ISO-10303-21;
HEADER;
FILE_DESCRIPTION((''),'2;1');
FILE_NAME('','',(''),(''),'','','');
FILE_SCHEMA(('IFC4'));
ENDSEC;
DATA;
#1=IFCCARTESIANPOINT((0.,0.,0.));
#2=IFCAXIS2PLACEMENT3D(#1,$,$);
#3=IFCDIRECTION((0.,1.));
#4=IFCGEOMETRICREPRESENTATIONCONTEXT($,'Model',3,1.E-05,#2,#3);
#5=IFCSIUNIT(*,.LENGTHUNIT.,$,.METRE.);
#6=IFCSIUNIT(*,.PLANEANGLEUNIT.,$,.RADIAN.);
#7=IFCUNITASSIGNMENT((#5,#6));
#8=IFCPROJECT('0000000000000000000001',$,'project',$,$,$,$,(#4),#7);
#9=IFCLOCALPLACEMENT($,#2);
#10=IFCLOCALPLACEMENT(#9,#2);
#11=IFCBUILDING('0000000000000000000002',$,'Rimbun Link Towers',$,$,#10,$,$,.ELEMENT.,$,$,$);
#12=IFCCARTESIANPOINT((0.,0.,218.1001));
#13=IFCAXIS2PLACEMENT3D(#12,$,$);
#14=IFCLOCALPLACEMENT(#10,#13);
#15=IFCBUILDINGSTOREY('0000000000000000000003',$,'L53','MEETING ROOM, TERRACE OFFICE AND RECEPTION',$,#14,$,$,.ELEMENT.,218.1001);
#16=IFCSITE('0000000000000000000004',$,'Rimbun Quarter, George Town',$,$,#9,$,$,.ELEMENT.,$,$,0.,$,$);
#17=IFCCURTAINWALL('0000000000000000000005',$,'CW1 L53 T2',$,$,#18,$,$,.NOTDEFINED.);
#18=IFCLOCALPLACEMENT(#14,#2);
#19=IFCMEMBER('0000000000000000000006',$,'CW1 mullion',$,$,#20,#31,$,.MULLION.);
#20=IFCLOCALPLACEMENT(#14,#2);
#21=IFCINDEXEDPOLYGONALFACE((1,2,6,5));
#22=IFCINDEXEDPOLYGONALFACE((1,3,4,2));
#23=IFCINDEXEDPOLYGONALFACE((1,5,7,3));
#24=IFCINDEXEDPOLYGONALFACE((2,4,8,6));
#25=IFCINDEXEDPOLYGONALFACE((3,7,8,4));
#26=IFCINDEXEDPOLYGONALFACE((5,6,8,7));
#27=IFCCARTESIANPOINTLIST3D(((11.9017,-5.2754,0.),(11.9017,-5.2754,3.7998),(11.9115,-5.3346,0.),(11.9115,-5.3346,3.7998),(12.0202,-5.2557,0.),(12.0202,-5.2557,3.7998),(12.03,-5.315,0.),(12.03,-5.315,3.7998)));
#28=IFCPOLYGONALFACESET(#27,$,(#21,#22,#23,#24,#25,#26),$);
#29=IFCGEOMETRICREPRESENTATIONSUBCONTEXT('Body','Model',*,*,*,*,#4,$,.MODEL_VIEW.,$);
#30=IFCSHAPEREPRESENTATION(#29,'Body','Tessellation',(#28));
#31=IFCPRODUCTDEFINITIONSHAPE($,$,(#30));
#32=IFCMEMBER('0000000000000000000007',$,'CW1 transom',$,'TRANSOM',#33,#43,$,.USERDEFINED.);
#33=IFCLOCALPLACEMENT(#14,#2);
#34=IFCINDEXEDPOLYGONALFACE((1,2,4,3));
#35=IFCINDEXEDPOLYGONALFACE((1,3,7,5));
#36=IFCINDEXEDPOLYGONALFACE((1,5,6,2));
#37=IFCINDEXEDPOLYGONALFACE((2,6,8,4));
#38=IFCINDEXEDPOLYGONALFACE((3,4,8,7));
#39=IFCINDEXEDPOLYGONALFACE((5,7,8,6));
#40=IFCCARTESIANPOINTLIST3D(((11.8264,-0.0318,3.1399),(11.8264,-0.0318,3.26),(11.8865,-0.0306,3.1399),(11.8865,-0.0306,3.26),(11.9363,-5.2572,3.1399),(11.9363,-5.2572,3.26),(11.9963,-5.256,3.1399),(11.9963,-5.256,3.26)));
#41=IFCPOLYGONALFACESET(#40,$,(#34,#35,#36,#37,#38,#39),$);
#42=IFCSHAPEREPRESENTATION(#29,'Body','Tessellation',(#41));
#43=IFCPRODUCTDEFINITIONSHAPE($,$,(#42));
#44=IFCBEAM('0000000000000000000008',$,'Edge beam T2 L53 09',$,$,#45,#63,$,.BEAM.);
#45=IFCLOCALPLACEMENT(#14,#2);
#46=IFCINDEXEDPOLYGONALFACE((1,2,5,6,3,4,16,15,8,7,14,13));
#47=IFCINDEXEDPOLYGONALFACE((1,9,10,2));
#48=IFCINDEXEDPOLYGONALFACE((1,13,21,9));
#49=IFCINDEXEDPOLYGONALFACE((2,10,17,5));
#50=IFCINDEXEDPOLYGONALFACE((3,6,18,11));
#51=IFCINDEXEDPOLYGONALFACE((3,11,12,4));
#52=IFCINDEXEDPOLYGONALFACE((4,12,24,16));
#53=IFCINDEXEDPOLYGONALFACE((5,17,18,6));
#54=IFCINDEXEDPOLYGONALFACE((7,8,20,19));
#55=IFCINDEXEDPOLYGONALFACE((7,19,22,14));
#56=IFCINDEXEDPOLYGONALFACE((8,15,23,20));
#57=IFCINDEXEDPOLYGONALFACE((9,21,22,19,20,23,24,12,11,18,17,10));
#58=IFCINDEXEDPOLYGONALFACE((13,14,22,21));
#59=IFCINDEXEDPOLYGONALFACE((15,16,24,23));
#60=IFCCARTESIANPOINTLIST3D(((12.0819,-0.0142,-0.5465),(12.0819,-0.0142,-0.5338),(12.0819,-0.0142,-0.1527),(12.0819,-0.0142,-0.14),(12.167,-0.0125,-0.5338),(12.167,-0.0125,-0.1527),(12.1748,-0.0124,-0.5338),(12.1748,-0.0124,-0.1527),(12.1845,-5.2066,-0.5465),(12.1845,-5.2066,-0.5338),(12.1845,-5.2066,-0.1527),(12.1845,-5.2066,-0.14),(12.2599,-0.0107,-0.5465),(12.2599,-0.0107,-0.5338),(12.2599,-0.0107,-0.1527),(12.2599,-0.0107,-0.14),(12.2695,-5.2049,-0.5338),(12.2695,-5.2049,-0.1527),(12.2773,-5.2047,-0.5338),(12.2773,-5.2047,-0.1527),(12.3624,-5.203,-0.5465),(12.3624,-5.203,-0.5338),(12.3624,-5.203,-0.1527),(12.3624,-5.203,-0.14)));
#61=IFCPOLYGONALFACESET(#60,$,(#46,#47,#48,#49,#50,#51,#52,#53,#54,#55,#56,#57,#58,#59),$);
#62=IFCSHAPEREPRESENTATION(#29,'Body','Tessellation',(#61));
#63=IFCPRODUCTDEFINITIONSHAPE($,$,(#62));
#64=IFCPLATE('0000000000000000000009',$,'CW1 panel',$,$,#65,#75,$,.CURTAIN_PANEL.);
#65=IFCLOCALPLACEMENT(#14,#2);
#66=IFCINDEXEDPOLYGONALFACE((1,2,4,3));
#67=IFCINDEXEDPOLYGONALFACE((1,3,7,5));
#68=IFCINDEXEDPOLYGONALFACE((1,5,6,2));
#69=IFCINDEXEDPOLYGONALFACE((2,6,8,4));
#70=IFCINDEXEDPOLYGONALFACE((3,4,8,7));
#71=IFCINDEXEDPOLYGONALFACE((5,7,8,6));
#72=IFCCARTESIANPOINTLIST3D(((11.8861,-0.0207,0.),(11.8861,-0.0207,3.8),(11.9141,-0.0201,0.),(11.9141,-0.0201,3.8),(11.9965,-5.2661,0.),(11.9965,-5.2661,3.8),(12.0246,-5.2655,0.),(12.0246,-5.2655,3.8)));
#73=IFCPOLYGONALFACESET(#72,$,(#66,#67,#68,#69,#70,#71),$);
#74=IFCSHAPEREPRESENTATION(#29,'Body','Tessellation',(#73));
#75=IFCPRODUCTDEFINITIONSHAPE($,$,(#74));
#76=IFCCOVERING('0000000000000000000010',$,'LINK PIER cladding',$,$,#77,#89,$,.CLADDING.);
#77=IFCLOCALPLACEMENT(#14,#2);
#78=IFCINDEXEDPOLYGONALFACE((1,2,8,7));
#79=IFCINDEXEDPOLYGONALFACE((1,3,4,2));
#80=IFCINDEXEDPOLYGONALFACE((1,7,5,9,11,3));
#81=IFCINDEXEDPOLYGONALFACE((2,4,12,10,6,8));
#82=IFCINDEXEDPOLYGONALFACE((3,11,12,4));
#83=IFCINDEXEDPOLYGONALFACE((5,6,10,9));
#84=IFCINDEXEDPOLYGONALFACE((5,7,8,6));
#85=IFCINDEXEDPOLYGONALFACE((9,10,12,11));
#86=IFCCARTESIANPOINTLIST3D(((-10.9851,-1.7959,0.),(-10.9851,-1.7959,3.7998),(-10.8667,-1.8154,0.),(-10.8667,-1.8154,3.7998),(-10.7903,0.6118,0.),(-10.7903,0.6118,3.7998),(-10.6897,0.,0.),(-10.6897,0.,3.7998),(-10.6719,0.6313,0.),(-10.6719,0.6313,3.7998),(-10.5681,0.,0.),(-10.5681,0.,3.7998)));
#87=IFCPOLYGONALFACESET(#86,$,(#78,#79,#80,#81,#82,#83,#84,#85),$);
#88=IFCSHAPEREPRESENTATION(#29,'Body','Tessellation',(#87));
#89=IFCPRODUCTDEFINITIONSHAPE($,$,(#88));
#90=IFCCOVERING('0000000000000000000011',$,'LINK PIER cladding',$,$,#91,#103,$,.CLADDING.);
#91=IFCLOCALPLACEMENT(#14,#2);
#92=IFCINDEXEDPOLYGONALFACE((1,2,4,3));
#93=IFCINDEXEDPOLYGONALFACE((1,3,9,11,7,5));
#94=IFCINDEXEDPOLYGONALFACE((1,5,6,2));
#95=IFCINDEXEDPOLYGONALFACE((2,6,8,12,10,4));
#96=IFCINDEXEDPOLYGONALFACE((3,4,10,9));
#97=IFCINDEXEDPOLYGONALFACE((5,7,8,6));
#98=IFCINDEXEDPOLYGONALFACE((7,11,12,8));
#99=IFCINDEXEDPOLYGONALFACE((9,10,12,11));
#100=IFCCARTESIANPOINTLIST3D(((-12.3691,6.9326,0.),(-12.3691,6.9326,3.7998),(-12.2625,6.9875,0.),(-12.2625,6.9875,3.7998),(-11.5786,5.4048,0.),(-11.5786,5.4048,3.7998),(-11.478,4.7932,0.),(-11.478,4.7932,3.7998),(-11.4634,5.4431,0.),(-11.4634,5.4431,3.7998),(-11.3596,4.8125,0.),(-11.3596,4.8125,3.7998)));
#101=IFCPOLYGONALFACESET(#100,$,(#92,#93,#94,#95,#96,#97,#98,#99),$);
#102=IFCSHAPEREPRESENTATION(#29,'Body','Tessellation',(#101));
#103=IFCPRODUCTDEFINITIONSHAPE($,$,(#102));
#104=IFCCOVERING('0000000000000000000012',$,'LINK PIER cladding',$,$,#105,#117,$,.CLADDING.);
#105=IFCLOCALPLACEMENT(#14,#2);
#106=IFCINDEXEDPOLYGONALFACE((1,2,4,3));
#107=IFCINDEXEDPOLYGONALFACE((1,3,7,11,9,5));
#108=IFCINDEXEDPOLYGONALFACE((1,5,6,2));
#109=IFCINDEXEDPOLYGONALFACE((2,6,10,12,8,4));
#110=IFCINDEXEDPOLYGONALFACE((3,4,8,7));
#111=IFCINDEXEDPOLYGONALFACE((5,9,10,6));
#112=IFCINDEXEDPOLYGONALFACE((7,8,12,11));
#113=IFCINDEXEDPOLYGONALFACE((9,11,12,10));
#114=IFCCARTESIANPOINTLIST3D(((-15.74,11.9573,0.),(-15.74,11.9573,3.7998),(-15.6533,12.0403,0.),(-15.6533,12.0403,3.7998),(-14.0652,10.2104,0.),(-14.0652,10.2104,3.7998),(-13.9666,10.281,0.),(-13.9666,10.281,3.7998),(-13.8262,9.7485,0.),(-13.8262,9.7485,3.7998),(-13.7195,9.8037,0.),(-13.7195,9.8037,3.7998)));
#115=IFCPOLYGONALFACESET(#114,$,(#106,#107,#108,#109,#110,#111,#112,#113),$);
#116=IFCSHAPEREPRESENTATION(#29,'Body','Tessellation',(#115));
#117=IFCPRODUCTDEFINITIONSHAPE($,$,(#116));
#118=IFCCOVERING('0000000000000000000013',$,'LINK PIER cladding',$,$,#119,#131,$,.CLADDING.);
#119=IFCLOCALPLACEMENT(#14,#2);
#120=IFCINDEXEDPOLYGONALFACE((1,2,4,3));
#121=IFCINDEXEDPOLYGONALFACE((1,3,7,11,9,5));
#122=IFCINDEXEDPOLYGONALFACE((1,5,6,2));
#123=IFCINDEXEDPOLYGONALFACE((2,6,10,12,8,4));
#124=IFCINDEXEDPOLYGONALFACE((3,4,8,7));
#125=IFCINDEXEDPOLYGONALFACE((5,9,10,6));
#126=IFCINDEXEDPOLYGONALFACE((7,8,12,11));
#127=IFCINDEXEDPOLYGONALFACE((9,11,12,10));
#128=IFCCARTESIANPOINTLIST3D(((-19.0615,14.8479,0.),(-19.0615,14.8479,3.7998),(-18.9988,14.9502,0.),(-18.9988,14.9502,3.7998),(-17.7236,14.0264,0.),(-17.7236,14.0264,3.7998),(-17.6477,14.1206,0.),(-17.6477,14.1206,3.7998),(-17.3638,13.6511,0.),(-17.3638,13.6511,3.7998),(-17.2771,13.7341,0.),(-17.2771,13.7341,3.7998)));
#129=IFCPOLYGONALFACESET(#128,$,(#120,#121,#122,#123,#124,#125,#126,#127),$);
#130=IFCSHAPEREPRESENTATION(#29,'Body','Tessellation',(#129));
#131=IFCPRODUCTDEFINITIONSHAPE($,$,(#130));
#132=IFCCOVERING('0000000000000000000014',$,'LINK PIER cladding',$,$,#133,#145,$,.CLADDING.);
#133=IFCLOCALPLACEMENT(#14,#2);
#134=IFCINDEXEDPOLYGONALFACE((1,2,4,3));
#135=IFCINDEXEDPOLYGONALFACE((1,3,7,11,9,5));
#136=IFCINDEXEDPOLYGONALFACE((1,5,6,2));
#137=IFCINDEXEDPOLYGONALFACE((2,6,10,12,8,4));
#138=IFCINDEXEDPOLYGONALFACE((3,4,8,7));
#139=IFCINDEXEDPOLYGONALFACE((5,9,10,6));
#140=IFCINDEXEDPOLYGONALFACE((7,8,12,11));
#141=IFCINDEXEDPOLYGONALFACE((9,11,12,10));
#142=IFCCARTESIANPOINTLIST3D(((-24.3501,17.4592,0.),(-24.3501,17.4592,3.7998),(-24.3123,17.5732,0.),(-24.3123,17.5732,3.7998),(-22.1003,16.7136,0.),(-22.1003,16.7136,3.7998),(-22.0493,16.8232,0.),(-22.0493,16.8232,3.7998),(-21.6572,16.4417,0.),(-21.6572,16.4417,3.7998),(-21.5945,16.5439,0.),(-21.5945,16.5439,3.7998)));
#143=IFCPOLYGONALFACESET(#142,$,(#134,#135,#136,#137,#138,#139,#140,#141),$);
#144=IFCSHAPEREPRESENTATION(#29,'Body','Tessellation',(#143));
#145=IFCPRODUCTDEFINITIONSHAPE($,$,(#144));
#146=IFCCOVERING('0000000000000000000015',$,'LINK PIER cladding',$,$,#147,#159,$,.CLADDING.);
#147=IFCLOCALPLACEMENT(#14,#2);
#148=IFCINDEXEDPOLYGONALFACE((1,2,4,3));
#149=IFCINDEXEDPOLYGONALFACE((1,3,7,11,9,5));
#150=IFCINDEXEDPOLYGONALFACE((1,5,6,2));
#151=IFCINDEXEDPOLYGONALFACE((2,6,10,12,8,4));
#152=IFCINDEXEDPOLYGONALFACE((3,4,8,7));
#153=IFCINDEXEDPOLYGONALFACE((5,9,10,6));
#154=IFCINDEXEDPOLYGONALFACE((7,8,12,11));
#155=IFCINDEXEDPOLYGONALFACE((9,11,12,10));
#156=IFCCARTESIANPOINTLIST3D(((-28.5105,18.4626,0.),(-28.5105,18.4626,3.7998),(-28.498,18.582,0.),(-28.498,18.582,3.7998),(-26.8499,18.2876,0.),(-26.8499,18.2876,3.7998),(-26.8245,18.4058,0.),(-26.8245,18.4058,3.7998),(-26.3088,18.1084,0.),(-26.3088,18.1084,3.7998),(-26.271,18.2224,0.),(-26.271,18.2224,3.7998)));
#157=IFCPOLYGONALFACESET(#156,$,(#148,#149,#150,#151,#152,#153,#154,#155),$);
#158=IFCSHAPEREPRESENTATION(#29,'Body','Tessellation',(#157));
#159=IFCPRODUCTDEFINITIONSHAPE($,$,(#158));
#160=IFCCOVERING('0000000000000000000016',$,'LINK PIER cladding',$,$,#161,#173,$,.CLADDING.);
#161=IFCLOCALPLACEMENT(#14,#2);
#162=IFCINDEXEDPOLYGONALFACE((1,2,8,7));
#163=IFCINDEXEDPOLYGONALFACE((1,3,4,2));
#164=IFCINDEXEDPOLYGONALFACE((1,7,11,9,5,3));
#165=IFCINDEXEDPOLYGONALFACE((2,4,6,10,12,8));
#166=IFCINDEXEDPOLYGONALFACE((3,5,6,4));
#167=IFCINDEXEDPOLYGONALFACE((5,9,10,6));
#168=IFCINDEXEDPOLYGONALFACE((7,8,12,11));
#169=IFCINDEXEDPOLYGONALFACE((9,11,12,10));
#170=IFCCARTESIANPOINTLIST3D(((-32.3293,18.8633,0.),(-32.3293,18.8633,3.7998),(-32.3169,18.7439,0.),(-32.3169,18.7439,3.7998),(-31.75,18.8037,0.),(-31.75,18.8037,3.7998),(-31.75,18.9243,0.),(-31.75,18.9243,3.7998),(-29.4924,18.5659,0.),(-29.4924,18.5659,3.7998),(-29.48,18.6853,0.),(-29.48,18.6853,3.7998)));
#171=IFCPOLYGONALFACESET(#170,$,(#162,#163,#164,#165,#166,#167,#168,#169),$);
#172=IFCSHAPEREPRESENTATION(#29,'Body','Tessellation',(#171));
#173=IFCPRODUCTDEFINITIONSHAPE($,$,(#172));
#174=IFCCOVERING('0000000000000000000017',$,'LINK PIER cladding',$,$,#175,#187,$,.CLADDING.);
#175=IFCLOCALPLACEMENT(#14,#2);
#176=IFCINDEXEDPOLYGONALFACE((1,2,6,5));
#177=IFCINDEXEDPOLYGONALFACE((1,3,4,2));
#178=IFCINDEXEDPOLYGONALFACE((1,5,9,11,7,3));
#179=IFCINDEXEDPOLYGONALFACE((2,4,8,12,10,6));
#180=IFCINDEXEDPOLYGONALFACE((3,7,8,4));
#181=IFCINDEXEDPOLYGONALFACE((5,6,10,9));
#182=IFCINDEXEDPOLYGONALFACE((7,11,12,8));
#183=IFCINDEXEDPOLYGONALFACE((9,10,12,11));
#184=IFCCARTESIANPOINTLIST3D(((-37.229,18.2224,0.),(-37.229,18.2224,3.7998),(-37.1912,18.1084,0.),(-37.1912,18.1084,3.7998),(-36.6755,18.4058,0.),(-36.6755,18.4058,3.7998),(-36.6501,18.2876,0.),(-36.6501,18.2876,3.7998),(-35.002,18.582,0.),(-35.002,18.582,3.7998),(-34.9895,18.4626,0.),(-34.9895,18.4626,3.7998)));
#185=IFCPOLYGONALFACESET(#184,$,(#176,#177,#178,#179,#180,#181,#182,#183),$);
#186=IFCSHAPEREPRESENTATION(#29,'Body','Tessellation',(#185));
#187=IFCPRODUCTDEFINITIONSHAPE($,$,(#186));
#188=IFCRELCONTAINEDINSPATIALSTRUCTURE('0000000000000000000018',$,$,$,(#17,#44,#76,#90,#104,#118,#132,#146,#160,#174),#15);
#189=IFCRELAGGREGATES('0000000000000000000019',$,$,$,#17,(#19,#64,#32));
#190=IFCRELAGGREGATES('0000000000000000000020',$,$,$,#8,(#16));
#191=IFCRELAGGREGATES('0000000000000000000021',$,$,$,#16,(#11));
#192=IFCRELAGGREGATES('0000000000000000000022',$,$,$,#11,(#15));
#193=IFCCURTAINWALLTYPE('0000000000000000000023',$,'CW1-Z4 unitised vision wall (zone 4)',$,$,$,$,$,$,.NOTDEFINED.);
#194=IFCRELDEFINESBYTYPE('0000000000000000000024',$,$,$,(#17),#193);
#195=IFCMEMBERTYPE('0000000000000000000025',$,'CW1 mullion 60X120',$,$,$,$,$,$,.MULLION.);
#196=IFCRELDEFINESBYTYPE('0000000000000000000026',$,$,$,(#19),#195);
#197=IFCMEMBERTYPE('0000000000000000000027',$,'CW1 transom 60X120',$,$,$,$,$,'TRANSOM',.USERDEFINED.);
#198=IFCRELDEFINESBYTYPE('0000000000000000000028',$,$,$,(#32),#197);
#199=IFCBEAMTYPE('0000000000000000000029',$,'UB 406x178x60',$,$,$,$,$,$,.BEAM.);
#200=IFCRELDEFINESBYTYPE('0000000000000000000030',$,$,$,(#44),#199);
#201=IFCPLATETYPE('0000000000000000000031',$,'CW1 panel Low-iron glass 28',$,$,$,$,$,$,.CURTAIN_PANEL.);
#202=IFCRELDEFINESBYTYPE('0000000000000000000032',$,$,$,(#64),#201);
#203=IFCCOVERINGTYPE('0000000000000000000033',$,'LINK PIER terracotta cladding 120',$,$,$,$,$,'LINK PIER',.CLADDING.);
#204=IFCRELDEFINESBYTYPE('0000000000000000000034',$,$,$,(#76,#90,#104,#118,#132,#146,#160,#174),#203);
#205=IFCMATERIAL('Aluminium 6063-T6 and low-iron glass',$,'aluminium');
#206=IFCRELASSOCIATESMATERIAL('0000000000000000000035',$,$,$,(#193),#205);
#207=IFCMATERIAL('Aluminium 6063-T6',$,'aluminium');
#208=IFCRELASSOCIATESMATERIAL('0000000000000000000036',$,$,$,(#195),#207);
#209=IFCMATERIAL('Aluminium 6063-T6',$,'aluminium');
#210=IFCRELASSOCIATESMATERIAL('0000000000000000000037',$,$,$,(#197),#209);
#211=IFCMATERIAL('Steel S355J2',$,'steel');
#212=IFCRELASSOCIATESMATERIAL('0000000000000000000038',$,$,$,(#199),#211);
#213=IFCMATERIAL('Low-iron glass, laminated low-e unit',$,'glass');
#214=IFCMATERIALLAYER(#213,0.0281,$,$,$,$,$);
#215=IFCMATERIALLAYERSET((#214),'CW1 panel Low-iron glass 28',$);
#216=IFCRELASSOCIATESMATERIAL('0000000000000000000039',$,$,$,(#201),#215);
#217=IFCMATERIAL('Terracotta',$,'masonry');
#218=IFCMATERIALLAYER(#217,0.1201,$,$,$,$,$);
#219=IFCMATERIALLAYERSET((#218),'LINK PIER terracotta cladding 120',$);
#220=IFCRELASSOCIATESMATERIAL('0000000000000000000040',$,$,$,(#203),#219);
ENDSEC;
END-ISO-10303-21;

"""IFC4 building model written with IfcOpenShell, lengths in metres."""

from ifc_helpers import new_model, si_unit, direction, frame, origin, origin_2d, place, context, subcontext, project, spatial, polyline, rectangle, i_section, outline, extrude, material, layer, layer_set, material_profile, profile_set, type_object, element, aggregate, save


model = new_model("IFC4")

# Units and contexts
model_context = context("Model", 3, precision=1e-05, world=origin(), true_north=direction((0.0, 1.0)))
body_context = subcontext(model_context, "Body", "Model", "MODEL_VIEW")
ifc_project = project(units=[si_unit("LENGTHUNIT", "METRE"), si_unit("PLANEANGLEUNIT", "RADIAN")], contexts=[model_context])

# Site, building, storey
site_placement = place(None, origin())
site = spatial("IfcSite", under=ifc_project, at=site_placement, Name="Rimbun Quarter, George Town", CompositionType="ELEMENT", RefElevation=0.0)
building_placement = place(site_placement, origin())
building = spatial("IfcBuilding", under=site, at=building_placement, Name="Rimbun Link Towers", CompositionType="ELEMENT")
storey_placement = place(building_placement, frame((0.0, 0.0, 218.1001)))
storey = spatial("IfcBuildingStorey", under=building, at=storey_placement, Name="L53", Description="MEETING ROOM, TERRACE OFFICE AND RECEPTION", CompositionType="ELEMENT", Elevation=218.1001)

# Curtain wall, members
ifc_material_1 = material(Name="Aluminium 6063-T6 and low-iron glass", Category="aluminium")
curtain_wall_type = type_object("IfcCurtainWallType", Name="CW1-Z4 unitised vision wall (zone 4)", PredefinedType="NOTDEFINED", material=ifc_material_1)
curtain_wall_placement = place(storey_placement, origin())
curtain_wall = element("IfcCurtainWall", 1, at=curtain_wall_placement, inside=storey, type_object=curtain_wall_type, Name="CW1 L53 T2", PredefinedType="NOTDEFINED")
ifc_material_2 = material(Name="Aluminium 6063-T6", Category="aluminium")
ifc_material_profile_1 = material_profile(ifc_material_2, rectangle(XDim=0.1201, YDim=0.0601, at=origin_2d()), Name="MULLION 60X120")
ifc_profile_set_1 = profile_set([ifc_material_profile_1], Name="Aluminium 6063-T6")
member_type_1 = type_object("IfcMemberType", Name="CW1 mullion 60X120", PredefinedType="MULLION", material=ifc_profile_set_1)
member_1_placement = place(storey_placement, frame((11.9658, -5.2952, 0.0), z_axis=(0.0, 0.0, 1.0), x_axis=(-0.986503, -0.163742, 0.0)))
member_1 = element("IfcMember", 2, at=member_1_placement, type_object=member_type_1, Name="CW1 mullion", PredefinedType="MULLION", context=body_context, shape_type="SweptSolid", body=[
    extrude(rectangle(XDim=0.1201, YDim=0.0601, at=origin_2d()), origin(), (0.0, 0.0, 1.0), 3.7998),
])
ifc_material_3 = material(Name="Aluminium 6063-T6", Category="aluminium")
ifc_material_profile_2 = material_profile(ifc_material_3, rectangle(XDim=0.0601, YDim=0.1201, at=origin_2d()), Name="TRANSOM 60X120")
ifc_profile_set_2 = profile_set([ifc_material_profile_2], Name="Aluminium 6063-T6")
member_type_2 = type_object("IfcMemberType", Name="CW1 transom 60X120", ElementType="TRANSOM", PredefinedType="USERDEFINED", material=ifc_profile_set_2)
member_2_placement = place(storey_placement, frame((11.9663, -5.2566, 3.2), z_axis=(-0.02102, 0.999779, 0.0), x_axis=(-0.999779, -0.02102, 0.0)))
member_2 = element("IfcMember", 3, at=member_2_placement, type_object=member_type_2, Name="CW1 transom", ObjectType="TRANSOM", PredefinedType="USERDEFINED", context=body_context, shape_type="SweptSolid", body=[
    extrude(rectangle(XDim=0.0601, YDim=0.1201, at=origin_2d()), origin(), (0.0, 0.0, 1.0), 5.2266),
])

# Beam
ifc_material_4 = material(Name="Steel S355J2", Category="steel")
ifc_material_profile_3 = material_profile(ifc_material_4, i_section(OverallWidth=0.178, OverallDepth=0.4065, WebThickness=0.0078, FlangeThickness=0.0127, at=origin_2d()), Name="UB 406x178x60")
ifc_profile_set_3 = profile_set([ifc_material_profile_3], Name="Steel S355J2")
beam_type = type_object("IfcBeamType", Name="UB 406x178x60", PredefinedType="BEAM", material=ifc_profile_set_3)
beam_placement = place(storey_placement, frame((12.1709, -0.0125, -0.3433), z_axis=(0.019744, -0.999805, 0.0), x_axis=(0.999805, 0.019744, 0.0)))
element("IfcBeam", 4, at=beam_placement, inside=storey, type_object=beam_type, Name="Edge beam T2 L53 09", PredefinedType="BEAM", context=body_context, shape_type="SweptSolid", body=[
    extrude(i_section(OverallWidth=0.178, OverallDepth=0.4065, WebThickness=0.0078, FlangeThickness=0.0127, at=origin_2d()), origin(), (0.0, 0.0, 1.0), 5.1934),
])

# Plate
ifc_material_5 = material(Name="Low-iron glass, laminated low-e unit", Category="glass")
ifc_layer_1 = layer(ifc_material_5, 0.0281)
ifc_layer_set_1 = layer_set([ifc_layer_1], Name="CW1 panel Low-iron glass 28")
plate_type = type_object("IfcPlateType", Name="CW1 panel Low-iron glass 28", PredefinedType="CURTAIN_PANEL", material=ifc_layer_set_1)
plate_placement = place(storey_placement, frame((11.9553, -2.6431, 0.0), z_axis=(0.0, 0.0, 1.0), x_axis=(-0.021054, 0.999778, 0.0)))
plate = element("IfcPlate", 5, at=plate_placement, type_object=plate_type, Name="CW1 panel", PredefinedType="CURTAIN_PANEL", context=body_context, shape_type="SweptSolid", body=[
    extrude(rectangle(XDim=5.2466, YDim=0.0281, at=origin_2d()), origin(), (0.0, 0.0, 1.0), 3.8),
])
aggregate(curtain_wall, [member_1, plate, member_2])

# Coverings
ifc_material_6 = material(Name="Terracotta", Category="masonry")
ifc_layer_2 = layer(ifc_material_6, 0.1201)
ifc_layer_set_2 = layer_set([ifc_layer_2], Name="LINK PIER terracotta cladding 120")
covering_type_1 = type_object("IfcCoveringType", Name="LINK PIER terracotta cladding 120", ElementType="LINK PIER", PredefinedType="CLADDING", material=ifc_layer_set_2)
covering_1_placement = place(storey_placement, origin())
element("IfcCovering", 6, at=covering_1_placement, inside=storey, type_object=covering_type_1, Name="LINK PIER cladding", PredefinedType="CLADDING", context=body_context, shape_type="SweptSolid", body=[
    extrude(outline(polyline([(-10.7903, 0.6118), (-10.6897, 0.0), (-10.9851, -1.7959), (-10.8667, -1.8154), (-10.5681, 0.0), (-10.6719, 0.6313), (-10.7903, 0.6118)])), origin(), (0.0, 0.0, 1.0), 3.7998),
])
covering_2_placement = place(storey_placement, origin())
element("IfcCovering", 7, at=covering_2_placement, inside=storey, type_object=covering_type_1, Name="LINK PIER cladding", PredefinedType="CLADDING", context=body_context, shape_type="SweptSolid", body=[
    extrude(outline(polyline([(-12.3691, 6.9326), (-11.5786, 5.4048), (-11.478, 4.7932), (-11.3596, 4.8125), (-11.4634, 5.4431), (-12.2625, 6.9875), (-12.3691, 6.9326)])), origin(), (0.0, 0.0, 1.0), 3.7998),
])
covering_3_placement = place(storey_placement, origin())
element("IfcCovering", 8, at=covering_3_placement, inside=storey, type_object=covering_type_1, Name="LINK PIER cladding", PredefinedType="CLADDING", context=body_context, shape_type="SweptSolid", body=[
    extrude(outline(polyline([(-15.74, 11.9573), (-14.0652, 10.2104), (-13.8262, 9.7485), (-13.7195, 9.8037), (-13.9666, 10.281), (-15.6533, 12.0403), (-15.74, 11.9573)])), origin(), (0.0, 0.0, 1.0), 3.7998),
])
covering_4_placement = place(storey_placement, origin())
element("IfcCovering", 9, at=covering_4_placement, inside=storey, type_object=covering_type_1, Name="LINK PIER cladding", PredefinedType="CLADDING", context=body_context, shape_type="SweptSolid", body=[
    extrude(outline(polyline([(-19.0615, 14.8479), (-17.7236, 14.0264), (-17.3638, 13.6511), (-17.2771, 13.7341), (-17.6477, 14.1206), (-18.9988, 14.9502), (-19.0615, 14.8479)])), origin(), (0.0, 0.0, 1.0), 3.7998),
])
covering_5_placement = place(storey_placement, origin())
element("IfcCovering", 10, at=covering_5_placement, inside=storey, type_object=covering_type_1, Name="LINK PIER cladding", PredefinedType="CLADDING", context=body_context, shape_type="SweptSolid", body=[
    extrude(outline(polyline([(-24.3501, 17.4592), (-22.1003, 16.7136), (-21.6572, 16.4417), (-21.5945, 16.5439), (-22.0493, 16.8232), (-24.3123, 17.5732), (-24.3501, 17.4592)])), origin(), (0.0, 0.0, 1.0), 3.7998),
])
covering_6_placement = place(storey_placement, origin())
element("IfcCovering", 11, at=covering_6_placement, inside=storey, type_object=covering_type_1, Name="LINK PIER cladding", PredefinedType="CLADDING", context=body_context, shape_type="SweptSolid", body=[
    extrude(outline(polyline([(-28.5105, 18.4626), (-26.8499, 18.2876), (-26.3088, 18.1084), (-26.271, 18.2224), (-26.8245, 18.4058), (-28.498, 18.582), (-28.5105, 18.4626)])), origin(), (0.0, 0.0, 1.0), 3.7998),
])
covering_7_placement = place(storey_placement, origin())
element("IfcCovering", 12, at=covering_7_placement, inside=storey, type_object=covering_type_1, Name="LINK PIER cladding", PredefinedType="CLADDING", context=body_context, shape_type="SweptSolid", body=[
    extrude(outline(polyline([(-32.3169, 18.7439), (-31.75, 18.8037), (-29.4924, 18.5659), (-29.48, 18.6853), (-31.75, 18.9243), (-32.3293, 18.8633), (-32.3169, 18.7439)])), origin(), (0.0, 0.0, 1.0), 3.7998),
])
covering_8_placement = place(storey_placement, origin())
element("IfcCovering", 13, at=covering_8_placement, inside=storey, type_object=covering_type_1, Name="LINK PIER cladding", PredefinedType="CLADDING", context=body_context, shape_type="SweptSolid", body=[
    extrude(outline(polyline([(-37.1912, 18.1084), (-36.6501, 18.2876), (-34.9895, 18.4626), (-35.002, 18.582), (-36.6755, 18.4058), (-37.229, 18.2224), (-37.1912, 18.1084)])), origin(), (0.0, 0.0, 1.0), 3.7998),
])

save(model, "model.ifc")
